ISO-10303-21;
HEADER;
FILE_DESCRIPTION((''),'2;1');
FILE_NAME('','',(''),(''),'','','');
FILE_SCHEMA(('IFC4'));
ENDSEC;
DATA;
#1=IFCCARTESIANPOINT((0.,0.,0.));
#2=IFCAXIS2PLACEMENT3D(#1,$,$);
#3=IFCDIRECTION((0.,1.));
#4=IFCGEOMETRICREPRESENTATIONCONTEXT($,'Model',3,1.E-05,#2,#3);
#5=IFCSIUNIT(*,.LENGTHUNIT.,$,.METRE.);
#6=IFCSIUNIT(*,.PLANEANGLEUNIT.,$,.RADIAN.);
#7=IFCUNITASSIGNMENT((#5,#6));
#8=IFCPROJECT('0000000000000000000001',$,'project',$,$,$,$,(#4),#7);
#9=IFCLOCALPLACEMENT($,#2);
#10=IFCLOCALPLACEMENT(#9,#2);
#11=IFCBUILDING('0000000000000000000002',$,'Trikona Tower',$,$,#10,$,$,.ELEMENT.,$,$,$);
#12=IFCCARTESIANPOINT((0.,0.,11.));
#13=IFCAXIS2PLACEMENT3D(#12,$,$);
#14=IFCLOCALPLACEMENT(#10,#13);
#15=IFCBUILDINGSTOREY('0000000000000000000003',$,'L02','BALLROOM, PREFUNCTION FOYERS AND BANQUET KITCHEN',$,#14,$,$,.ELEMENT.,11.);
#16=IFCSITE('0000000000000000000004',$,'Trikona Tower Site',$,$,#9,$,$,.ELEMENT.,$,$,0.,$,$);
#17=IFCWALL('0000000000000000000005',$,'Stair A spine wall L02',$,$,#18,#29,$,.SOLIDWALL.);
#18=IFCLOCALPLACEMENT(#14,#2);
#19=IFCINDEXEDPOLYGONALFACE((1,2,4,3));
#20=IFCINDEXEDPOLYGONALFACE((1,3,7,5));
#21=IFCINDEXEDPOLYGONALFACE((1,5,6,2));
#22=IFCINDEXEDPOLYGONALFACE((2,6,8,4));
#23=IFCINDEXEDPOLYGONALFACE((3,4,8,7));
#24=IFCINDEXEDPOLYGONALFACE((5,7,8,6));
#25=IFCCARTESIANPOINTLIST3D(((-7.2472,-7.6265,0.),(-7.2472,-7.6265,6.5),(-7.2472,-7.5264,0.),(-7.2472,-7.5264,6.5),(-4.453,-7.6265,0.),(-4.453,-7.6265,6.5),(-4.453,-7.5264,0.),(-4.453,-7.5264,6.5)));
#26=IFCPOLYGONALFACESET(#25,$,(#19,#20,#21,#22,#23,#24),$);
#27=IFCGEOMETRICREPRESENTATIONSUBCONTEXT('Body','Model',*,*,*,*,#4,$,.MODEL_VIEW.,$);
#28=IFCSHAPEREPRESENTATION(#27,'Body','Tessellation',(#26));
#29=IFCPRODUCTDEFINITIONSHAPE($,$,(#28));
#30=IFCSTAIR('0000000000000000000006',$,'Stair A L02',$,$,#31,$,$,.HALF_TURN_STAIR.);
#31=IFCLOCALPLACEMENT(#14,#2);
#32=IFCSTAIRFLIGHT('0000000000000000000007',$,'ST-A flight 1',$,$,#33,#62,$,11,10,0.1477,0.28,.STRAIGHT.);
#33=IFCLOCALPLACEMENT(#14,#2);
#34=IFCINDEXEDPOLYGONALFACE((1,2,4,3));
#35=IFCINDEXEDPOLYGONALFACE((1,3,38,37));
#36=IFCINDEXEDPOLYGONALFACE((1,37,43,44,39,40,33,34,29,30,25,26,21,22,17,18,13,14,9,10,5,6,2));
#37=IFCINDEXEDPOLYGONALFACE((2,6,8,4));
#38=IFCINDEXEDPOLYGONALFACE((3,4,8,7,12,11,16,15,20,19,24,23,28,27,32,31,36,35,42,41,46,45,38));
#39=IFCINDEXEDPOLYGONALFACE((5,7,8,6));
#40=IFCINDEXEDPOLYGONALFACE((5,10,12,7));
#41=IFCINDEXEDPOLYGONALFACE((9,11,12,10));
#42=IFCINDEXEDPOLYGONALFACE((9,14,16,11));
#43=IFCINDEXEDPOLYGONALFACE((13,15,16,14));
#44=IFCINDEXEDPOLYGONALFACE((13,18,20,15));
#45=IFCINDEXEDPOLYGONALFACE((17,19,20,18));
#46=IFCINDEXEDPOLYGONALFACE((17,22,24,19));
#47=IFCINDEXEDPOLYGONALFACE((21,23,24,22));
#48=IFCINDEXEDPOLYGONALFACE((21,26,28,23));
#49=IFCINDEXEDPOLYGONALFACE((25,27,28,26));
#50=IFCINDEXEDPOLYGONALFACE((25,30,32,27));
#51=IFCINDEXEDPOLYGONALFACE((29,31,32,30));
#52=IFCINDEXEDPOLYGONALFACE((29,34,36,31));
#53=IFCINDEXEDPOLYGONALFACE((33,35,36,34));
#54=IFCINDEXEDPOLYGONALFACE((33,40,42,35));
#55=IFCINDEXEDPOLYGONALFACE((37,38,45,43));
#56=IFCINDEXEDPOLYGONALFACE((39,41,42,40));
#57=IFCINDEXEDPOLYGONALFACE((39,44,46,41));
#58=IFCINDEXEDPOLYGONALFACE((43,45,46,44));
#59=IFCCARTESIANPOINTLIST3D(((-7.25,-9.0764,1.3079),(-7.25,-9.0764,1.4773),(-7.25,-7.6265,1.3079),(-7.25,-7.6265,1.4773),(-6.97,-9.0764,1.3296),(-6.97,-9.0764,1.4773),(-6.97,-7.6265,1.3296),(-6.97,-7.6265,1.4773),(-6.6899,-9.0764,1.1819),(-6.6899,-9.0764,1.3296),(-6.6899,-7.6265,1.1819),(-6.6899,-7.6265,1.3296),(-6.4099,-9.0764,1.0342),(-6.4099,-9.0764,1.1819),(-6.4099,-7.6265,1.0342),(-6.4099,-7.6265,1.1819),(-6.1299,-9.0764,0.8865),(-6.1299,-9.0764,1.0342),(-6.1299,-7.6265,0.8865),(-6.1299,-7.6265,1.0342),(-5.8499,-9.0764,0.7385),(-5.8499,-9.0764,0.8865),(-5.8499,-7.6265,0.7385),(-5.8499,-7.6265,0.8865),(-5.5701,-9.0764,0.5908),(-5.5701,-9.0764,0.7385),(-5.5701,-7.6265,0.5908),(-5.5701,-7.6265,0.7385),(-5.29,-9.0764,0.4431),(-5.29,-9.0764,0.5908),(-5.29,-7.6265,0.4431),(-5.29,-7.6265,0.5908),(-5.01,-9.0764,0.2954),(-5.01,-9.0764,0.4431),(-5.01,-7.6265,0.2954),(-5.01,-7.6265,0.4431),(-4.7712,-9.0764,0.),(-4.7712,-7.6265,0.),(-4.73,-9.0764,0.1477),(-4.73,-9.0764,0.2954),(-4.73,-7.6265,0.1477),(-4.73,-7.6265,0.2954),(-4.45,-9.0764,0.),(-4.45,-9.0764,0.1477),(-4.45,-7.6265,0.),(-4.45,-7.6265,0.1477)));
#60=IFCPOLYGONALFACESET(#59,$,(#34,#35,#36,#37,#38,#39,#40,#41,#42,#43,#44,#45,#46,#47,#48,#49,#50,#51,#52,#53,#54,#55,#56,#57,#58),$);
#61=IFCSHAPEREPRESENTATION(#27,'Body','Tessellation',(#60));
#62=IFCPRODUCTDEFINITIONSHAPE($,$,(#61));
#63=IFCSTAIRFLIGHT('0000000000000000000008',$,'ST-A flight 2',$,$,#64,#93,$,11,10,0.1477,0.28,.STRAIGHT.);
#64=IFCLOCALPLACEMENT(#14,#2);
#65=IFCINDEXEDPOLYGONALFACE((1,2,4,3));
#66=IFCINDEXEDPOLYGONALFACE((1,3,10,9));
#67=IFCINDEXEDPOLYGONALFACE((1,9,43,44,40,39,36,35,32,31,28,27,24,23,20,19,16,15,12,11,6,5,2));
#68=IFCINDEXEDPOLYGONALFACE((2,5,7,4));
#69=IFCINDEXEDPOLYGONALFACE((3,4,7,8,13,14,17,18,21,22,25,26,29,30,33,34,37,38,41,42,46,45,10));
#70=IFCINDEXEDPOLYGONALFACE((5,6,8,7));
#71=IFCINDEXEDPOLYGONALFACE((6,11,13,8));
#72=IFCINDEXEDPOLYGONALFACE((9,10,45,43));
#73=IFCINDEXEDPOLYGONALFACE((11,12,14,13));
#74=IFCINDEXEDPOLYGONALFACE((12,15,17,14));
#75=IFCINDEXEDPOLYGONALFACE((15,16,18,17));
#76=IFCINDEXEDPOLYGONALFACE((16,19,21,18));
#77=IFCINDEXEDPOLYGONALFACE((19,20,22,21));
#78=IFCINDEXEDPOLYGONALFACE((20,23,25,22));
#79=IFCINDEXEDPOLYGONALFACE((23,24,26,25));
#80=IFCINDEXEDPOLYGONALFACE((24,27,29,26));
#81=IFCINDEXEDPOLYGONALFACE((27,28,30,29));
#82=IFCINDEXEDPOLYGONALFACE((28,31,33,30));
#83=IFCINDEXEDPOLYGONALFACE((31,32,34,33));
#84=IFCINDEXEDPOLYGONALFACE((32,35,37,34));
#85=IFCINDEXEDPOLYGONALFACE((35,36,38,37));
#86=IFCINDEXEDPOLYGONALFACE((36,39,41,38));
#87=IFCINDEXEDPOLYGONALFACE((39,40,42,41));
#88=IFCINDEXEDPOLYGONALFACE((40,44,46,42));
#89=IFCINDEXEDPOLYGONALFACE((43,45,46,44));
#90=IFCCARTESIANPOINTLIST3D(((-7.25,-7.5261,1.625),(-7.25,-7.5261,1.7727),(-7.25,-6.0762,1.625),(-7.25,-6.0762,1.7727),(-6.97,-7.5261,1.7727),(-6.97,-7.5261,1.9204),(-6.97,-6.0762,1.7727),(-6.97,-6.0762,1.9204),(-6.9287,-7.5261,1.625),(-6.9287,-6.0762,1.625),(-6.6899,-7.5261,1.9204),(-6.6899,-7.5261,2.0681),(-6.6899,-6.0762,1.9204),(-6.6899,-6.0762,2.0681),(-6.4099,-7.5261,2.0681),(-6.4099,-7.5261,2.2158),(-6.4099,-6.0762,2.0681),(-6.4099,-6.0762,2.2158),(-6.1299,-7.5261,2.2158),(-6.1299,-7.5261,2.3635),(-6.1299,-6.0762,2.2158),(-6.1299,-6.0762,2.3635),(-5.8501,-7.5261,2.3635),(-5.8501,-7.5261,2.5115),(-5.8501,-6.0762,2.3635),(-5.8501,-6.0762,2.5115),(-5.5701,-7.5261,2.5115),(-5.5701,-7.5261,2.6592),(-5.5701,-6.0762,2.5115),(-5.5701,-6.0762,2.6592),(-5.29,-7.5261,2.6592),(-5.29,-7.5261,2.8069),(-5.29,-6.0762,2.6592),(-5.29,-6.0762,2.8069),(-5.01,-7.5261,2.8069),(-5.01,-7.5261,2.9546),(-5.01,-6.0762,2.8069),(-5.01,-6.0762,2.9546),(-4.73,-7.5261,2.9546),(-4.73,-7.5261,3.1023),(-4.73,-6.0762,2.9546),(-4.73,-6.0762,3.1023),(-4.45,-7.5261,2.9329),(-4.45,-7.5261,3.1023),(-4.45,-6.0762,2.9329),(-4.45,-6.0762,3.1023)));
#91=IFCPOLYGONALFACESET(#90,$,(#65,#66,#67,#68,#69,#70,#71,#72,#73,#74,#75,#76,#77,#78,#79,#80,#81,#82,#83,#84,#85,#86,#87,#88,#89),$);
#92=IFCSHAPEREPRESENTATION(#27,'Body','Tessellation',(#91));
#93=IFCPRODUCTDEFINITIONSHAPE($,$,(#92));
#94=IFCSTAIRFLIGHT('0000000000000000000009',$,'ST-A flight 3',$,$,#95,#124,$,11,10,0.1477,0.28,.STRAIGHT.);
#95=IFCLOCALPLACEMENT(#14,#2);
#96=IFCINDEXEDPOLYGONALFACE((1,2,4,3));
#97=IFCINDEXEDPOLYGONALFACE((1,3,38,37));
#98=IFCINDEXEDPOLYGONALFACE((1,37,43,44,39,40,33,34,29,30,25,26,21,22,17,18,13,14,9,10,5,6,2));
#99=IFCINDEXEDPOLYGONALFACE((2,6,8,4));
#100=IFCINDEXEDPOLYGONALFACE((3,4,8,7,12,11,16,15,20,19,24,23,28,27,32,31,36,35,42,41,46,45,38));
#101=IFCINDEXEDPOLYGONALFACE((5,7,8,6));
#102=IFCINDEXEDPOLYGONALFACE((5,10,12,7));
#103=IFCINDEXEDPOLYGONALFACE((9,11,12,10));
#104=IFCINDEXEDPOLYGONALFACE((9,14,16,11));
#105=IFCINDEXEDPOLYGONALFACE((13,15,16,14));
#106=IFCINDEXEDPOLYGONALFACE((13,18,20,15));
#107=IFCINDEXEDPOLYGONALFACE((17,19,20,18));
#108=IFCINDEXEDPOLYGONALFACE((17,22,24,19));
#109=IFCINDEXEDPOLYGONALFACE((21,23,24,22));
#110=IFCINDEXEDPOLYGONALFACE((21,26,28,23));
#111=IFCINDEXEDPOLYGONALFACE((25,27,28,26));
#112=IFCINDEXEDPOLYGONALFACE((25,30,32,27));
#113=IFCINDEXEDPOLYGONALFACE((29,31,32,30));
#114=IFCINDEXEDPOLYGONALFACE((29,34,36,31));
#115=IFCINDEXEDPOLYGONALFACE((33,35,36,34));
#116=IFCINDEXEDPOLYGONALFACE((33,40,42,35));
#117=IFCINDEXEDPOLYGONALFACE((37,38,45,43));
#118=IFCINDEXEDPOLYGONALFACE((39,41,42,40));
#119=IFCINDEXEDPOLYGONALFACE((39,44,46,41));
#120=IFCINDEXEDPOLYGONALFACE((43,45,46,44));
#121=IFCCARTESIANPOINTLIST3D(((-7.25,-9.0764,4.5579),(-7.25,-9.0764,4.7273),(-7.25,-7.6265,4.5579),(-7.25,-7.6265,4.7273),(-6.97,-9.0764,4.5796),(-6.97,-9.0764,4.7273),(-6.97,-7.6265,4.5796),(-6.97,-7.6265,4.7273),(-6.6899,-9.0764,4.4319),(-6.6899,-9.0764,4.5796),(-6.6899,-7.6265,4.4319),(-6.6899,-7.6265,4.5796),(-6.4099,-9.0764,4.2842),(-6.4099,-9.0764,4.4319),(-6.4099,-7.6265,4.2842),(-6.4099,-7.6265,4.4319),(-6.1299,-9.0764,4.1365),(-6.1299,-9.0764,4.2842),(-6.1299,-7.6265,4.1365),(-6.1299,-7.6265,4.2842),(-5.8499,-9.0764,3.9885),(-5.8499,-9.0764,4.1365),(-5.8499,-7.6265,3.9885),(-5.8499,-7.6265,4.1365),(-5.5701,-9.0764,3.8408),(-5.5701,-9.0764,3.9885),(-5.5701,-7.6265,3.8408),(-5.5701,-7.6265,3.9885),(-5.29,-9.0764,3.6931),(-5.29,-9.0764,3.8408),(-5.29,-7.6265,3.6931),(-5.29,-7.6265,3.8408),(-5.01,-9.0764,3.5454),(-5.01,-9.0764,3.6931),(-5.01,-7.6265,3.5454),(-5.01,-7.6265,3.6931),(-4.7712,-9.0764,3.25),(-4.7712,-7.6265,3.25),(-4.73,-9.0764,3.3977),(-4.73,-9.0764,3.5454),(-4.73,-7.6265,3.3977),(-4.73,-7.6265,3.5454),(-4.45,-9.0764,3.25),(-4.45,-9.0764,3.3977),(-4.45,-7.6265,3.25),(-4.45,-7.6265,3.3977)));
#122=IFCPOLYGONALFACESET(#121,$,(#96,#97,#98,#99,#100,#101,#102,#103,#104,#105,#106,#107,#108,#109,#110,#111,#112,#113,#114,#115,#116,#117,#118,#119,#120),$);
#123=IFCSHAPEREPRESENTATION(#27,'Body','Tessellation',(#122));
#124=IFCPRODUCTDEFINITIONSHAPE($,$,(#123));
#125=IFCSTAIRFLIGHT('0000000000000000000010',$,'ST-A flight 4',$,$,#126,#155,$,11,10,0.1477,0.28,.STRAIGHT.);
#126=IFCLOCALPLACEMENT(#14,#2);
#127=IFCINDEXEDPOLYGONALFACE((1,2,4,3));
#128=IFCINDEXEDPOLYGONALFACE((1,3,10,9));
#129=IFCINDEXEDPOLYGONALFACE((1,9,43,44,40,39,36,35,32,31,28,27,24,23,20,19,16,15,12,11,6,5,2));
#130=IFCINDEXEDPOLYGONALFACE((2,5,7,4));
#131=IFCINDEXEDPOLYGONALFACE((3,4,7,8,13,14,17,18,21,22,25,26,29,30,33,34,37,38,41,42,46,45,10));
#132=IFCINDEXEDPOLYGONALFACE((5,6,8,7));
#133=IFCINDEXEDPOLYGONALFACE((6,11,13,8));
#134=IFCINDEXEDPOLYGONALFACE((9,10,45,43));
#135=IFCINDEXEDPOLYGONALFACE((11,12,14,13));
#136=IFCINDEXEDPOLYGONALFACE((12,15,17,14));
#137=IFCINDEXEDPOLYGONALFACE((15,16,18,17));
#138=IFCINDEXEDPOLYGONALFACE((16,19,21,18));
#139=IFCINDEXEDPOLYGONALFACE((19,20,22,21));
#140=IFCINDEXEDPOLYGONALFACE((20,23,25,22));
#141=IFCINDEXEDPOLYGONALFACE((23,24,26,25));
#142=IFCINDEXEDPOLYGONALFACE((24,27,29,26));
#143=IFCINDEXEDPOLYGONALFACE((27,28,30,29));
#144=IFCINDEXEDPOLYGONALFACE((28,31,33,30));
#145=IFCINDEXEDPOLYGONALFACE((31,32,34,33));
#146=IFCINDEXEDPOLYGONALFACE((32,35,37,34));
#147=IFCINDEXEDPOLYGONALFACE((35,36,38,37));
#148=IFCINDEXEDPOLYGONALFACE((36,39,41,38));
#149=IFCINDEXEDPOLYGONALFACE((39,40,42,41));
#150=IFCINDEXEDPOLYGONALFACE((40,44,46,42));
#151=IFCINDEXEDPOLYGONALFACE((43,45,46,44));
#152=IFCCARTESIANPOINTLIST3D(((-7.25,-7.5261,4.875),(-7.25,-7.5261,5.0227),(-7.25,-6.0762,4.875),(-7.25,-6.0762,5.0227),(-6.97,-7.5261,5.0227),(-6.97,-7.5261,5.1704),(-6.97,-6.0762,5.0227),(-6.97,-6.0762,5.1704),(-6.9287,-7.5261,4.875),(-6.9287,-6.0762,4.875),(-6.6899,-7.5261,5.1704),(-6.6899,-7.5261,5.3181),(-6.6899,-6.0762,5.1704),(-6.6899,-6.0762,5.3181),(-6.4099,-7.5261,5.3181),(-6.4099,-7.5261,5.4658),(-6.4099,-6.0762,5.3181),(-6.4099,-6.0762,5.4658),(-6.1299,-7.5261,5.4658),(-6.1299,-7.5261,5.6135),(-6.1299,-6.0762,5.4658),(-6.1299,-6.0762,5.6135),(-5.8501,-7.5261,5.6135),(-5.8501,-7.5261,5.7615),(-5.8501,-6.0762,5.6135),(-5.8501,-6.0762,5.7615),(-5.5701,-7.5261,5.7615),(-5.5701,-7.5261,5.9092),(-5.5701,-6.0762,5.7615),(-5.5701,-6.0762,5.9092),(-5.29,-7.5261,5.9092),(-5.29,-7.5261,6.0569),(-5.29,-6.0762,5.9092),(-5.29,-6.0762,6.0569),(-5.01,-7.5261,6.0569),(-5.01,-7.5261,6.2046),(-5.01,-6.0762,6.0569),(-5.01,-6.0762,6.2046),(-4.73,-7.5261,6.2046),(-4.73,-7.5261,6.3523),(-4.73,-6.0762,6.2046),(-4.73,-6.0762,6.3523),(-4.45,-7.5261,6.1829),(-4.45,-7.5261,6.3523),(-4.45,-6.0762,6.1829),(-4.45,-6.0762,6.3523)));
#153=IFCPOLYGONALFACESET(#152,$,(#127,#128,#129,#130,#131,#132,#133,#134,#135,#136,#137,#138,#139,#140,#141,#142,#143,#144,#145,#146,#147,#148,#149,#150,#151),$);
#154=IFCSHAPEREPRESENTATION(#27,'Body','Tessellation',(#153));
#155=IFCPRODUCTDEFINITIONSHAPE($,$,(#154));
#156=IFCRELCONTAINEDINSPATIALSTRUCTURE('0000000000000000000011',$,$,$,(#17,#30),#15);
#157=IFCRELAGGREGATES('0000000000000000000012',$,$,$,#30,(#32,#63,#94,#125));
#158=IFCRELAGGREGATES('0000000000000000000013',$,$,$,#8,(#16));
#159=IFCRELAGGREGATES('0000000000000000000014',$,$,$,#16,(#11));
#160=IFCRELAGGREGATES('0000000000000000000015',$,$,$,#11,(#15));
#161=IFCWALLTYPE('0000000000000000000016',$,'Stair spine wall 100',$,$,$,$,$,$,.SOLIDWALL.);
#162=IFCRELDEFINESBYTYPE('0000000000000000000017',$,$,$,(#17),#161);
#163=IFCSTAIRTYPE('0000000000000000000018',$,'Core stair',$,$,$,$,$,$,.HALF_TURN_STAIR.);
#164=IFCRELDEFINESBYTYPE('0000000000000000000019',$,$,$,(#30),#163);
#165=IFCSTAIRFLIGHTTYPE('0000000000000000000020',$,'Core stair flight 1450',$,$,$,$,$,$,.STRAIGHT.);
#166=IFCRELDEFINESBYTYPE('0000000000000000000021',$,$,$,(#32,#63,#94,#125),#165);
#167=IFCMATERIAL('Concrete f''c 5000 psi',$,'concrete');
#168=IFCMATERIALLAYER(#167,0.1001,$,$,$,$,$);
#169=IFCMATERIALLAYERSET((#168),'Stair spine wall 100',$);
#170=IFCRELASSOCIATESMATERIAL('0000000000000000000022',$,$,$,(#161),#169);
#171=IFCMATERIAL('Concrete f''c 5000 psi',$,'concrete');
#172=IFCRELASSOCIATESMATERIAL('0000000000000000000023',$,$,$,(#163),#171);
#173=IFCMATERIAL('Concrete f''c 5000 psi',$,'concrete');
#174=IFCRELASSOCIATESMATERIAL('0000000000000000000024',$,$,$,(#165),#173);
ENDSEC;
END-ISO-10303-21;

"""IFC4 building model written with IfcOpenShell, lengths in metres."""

from ifc_helpers import new_model, si_unit, direction, frame, frame_2d, origin, place, context, subcontext, project, spatial, polyline, rectangle, outline, extrude, material, layer, layer_set, type_object, element, aggregate, save


model = new_model("IFC4")

# Units and contexts
model_context = context("Model", 3, precision=1e-05, world=origin(), true_north=direction((0.0, 1.0)))
body_context = subcontext(model_context, "Body", "Model", "MODEL_VIEW")
ifc_project = project(units=[si_unit("LENGTHUNIT", "METRE"), si_unit("PLANEANGLEUNIT", "RADIAN")], contexts=[model_context])

# Site, building, storey
site_placement = place(None, origin())
site = spatial("IfcSite", under=ifc_project, at=site_placement, Name="Trikona Tower Site", CompositionType="ELEMENT", RefElevation=0.0)
building_placement = place(site_placement, origin())
building = spatial("IfcBuilding", under=site, at=building_placement, Name="Trikona Tower", CompositionType="ELEMENT")
storey_placement = place(building_placement, frame((0.0, 0.0, 11.0)))
storey = spatial("IfcBuildingStorey", under=building, at=storey_placement, Name="L02", Description="BALLROOM, PREFUNCTION FOYERS AND BANQUET KITCHEN", CompositionType="ELEMENT", Elevation=11.0)

# Wall
ifc_material_1 = material(Name="Concrete f'c 5000 psi", Category="concrete")
ifc_layer_1 = layer(ifc_material_1, 0.1001)
ifc_layer_set_1 = layer_set([ifc_layer_1], Name="Stair spine wall 100")
wall_type_1 = type_object("IfcWallType", Name="Stair spine wall 100", PredefinedType="SOLIDWALL", material=ifc_layer_set_1)
wall_1_placement = place(storey_placement, frame((-7.2471, -7.5764, 0.0), z_axis=(0.0, 0.0, 1.0), x_axis=(1.0, 0.0, 0.0)))
element("IfcWall", 1, at=wall_1_placement, inside=storey, type_object=wall_type_1, Name="Stair A spine wall L02", PredefinedType="SOLIDWALL", context=body_context, shape_type="SweptSolid", body=[
    extrude(rectangle(XDim=2.7942, YDim=0.1001, at=frame_2d((1.397, 0.0))), origin(), (0.0, 0.0, 1.0), 6.5),
])

# Stair, stair flights
ifc_material_2 = material(Name="Concrete f'c 5000 psi", Category="concrete")
stair_type = type_object("IfcStairType", Name="Core stair", PredefinedType="HALF_TURN_STAIR", material=ifc_material_2)
stair_placement = place(storey_placement, origin())
stair = element("IfcStair", 2, at=stair_placement, inside=storey, type_object=stair_type, Name="Stair A L02", PredefinedType="HALF_TURN_STAIR")
ifc_material_3 = material(Name="Concrete f'c 5000 psi", Category="concrete")
stair_flight_type = type_object("IfcStairFlightType", Name="Core stair flight 1450", PredefinedType="STRAIGHT", material=ifc_material_3)
stair_flight_1_placement = place(storey_placement, frame((-4.45, -8.3513, 0.0), z_axis=(0.0, 0.0, 1.0), x_axis=(-1.0, 0.0, 0.0)))
stair_flight_1 = element("IfcStairFlight", 3, at=stair_flight_1_placement, type_object=stair_flight_type, Name="ST-A flight 1", NumberOfRisers=11, NumberOfTreads=10, PredefinedType="STRAIGHT", RiserHeight=0.1477, TreadLength=0.28, context=body_context, shape_type="SweptSolid", body=[
    extrude(outline(polyline([(0.0, 0.0), (0.0, 0.1477), (0.28, 0.1477), (0.28, 0.2954), (0.5601, 0.2954), (0.5601, 0.4431), (0.8401, 0.4431), (0.8401, 0.5908), (1.1201, 0.5908), (1.1201, 0.7385), (1.3999, 0.7385), (1.3999, 0.8865), (1.6799, 0.8865), (1.6799, 1.0342), (1.96, 1.0342), (1.96, 1.1819), (2.24, 1.1819), (2.24, 1.3296), (2.52, 1.3296), (2.52, 1.4773), (2.8, 1.4773), (2.8, 1.625), (2.8, 1.3079), (0.3213, 0.0), (0.0, 0.0)])), frame((0.0, 0.7251, 0.0), z_axis=(0.0, -1.0, 0.0), x_axis=(1.0, 0.0, 0.0)), (0.0, 0.0, 1.0), 1.45),
])
stair_flight_2_placement = place(storey_placement, frame((-7.25, -6.8013, 1.625), z_axis=(0.0, 0.0, 1.0), x_axis=(1.0, 0.0, 0.0)))
stair_flight_2 = element("IfcStairFlight", 4, at=stair_flight_2_placement, type_object=stair_flight_type, Name="ST-A flight 2", NumberOfRisers=11, NumberOfTreads=10, PredefinedType="STRAIGHT", RiserHeight=0.1477, TreadLength=0.28, context=body_context, shape_type="SweptSolid", body=[
    extrude(outline(polyline([(0.0, 0.0), (0.0, 0.1477), (0.28, 0.1477), (0.28, 0.2954), (0.5601, 0.2954), (0.5601, 0.4431), (0.8401, 0.4431), (0.8401, 0.5908), (1.1201, 0.5908), (1.1201, 0.7385), (1.3999, 0.7385), (1.3999, 0.8865), (1.6799, 0.8865), (1.6799, 1.0342), (1.96, 1.0342), (1.96, 1.1819), (2.24, 1.1819), (2.24, 1.3296), (2.52, 1.3296), (2.52, 1.4773), (2.8, 1.4773), (2.8, 1.625), (2.8, 1.3079), (0.3213, 0.0), (0.0, 0.0)])), frame((0.0, 0.7251, 0.0), z_axis=(0.0, -1.0, 0.0), x_axis=(1.0, 0.0, 0.0)), (0.0, 0.0, 1.0), 1.45),
])
stair_flight_3_placement = place(storey_placement, frame((-4.45, -8.3513, 3.25), z_axis=(0.0, 0.0, 1.0), x_axis=(-1.0, 0.0, 0.0)))
stair_flight_3 = element("IfcStairFlight", 5, at=stair_flight_3_placement, type_object=stair_flight_type, Name="ST-A flight 3", NumberOfRisers=11, NumberOfTreads=10, PredefinedType="STRAIGHT", RiserHeight=0.1477, TreadLength=0.28, context=body_context, shape_type="SweptSolid", body=[
    extrude(outline(polyline([(0.0, 0.0), (0.0, 0.1477), (0.28, 0.1477), (0.28, 0.2954), (0.5601, 0.2954), (0.5601, 0.4431), (0.8401, 0.4431), (0.8401, 0.5908), (1.1201, 0.5908), (1.1201, 0.7385), (1.3999, 0.7385), (1.3999, 0.8865), (1.6799, 0.8865), (1.6799, 1.0342), (1.96, 1.0342), (1.96, 1.1819), (2.24, 1.1819), (2.24, 1.3296), (2.52, 1.3296), (2.52, 1.4773), (2.8, 1.4773), (2.8, 1.625), (2.8, 1.3079), (0.3213, 0.0), (0.0, 0.0)])), frame((0.0, 0.7251, 0.0), z_axis=(0.0, -1.0, 0.0), x_axis=(1.0, 0.0, 0.0)), (0.0, 0.0, 1.0), 1.45),
])
stair_flight_4_placement = place(storey_placement, frame((-7.25, -6.8013, 4.875), z_axis=(0.0, 0.0, 1.0), x_axis=(1.0, 0.0, 0.0)))
stair_flight_4 = element("IfcStairFlight", 6, at=stair_flight_4_placement, type_object=stair_flight_type, Name="ST-A flight 4", NumberOfRisers=11, NumberOfTreads=10, PredefinedType="STRAIGHT", RiserHeight=0.1477, TreadLength=0.28, context=body_context, shape_type="SweptSolid", body=[
    extrude(outline(polyline([(0.0, 0.0), (0.0, 0.1477), (0.28, 0.1477), (0.28, 0.2954), (0.5601, 0.2954), (0.5601, 0.4431), (0.8401, 0.4431), (0.8401, 0.5908), (1.1201, 0.5908), (1.1201, 0.7385), (1.3999, 0.7385), (1.3999, 0.8865), (1.6799, 0.8865), (1.6799, 1.0342), (1.96, 1.0342), (1.96, 1.1819), (2.24, 1.1819), (2.24, 1.3296), (2.52, 1.3296), (2.52, 1.4773), (2.8, 1.4773), (2.8, 1.625), (2.8, 1.3079), (0.3213, 0.0), (0.0, 0.0)])), frame((0.0, 0.7251, 0.0), z_axis=(0.0, -1.0, 0.0), x_axis=(1.0, 0.0, 0.0)), (0.0, 0.0, 1.0), 1.45),
])
aggregate(stair, [stair_flight_1, stair_flight_2, stair_flight_3, stair_flight_4])

save(model, "model.ifc")
